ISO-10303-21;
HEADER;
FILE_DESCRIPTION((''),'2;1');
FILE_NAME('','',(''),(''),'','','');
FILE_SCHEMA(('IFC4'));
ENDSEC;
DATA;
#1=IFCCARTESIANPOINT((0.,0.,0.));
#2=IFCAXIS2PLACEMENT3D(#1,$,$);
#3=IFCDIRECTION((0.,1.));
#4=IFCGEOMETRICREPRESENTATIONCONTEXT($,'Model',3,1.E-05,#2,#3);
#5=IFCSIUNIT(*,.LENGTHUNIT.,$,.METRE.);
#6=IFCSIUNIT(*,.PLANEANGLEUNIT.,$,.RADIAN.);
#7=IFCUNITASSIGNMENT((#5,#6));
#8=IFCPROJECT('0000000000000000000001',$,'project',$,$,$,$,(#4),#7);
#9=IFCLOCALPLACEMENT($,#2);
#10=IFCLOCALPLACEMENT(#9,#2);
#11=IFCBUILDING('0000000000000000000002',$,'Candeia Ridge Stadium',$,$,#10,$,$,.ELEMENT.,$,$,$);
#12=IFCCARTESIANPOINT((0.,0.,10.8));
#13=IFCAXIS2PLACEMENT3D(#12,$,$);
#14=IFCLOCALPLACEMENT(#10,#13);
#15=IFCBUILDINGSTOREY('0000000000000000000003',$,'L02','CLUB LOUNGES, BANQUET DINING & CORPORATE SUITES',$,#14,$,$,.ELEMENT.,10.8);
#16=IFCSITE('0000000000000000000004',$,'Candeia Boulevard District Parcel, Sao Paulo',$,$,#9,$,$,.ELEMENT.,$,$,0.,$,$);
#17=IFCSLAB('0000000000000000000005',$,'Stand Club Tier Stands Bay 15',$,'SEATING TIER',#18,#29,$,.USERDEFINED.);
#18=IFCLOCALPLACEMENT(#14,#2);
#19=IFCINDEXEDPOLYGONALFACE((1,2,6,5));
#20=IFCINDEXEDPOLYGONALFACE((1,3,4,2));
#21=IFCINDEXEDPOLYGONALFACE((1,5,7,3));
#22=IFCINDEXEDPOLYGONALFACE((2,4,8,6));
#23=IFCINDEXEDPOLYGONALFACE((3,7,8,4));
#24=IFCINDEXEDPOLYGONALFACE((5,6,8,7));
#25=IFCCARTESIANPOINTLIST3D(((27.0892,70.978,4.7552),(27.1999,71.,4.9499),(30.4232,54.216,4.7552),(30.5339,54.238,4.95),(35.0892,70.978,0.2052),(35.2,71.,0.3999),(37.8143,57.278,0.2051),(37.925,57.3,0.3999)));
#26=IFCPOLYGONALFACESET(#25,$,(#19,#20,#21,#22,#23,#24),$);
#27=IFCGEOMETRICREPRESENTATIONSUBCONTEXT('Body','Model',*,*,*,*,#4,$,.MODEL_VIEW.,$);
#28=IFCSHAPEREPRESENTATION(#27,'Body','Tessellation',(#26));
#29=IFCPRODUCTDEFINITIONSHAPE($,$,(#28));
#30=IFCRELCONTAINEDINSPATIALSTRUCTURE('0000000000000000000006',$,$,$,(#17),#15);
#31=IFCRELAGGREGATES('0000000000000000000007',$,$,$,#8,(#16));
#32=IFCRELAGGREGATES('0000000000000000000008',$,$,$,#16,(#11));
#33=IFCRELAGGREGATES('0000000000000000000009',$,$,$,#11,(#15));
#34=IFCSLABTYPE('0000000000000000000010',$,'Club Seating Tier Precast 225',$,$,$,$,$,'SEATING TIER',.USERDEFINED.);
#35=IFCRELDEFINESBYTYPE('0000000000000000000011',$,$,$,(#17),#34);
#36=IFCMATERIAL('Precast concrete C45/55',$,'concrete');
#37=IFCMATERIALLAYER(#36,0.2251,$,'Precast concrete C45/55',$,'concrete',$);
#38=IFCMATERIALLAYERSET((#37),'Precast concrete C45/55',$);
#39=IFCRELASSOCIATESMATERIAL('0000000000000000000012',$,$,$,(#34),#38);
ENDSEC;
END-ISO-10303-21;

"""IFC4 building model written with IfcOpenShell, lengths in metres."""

from ifc_helpers import new_model, si_unit, direction, frame, origin, place, context, subcontext, project, spatial, polyline, outline, extrude, material, layer, layer_set, type_object, element, save


model = new_model("IFC4")

# Units and contexts
model_context = context("Model", 3, precision=1e-05, world=origin(), true_north=direction((0.0, 1.0)))
body_context = subcontext(model_context, "Body", "Model", "MODEL_VIEW")
ifc_project = project(units=[si_unit("LENGTHUNIT", "METRE"), si_unit("PLANEANGLEUNIT", "RADIAN")], contexts=[model_context])

# Site, building, storey
site_placement = place(None, origin())
site = spatial("IfcSite", under=ifc_project, at=site_placement, Name="Candeia Boulevard District Parcel, Sao Paulo", CompositionType="ELEMENT", RefElevation=0.0)
building_placement = place(site_placement, origin())
building = spatial("IfcBuilding", under=site, at=building_placement, Name="Candeia Ridge Stadium", CompositionType="ELEMENT")
storey_placement = place(building_placement, frame((0.0, 0.0, 10.8)))
storey = spatial("IfcBuildingStorey", under=building, at=storey_placement, Name="L02", Description="CLUB LOUNGES, BANQUET DINING & CORPORATE SUITES", CompositionType="ELEMENT", Elevation=10.8)

# Slab
ifc_material_1 = material(Name="Precast concrete C45/55", Category="concrete")
ifc_layer_1 = layer(ifc_material_1, 0.2251, Name="Precast concrete C45/55", Category="concrete")
ifc_layer_set_1 = layer_set([ifc_layer_1], Name="Precast concrete C45/55")
slab_type = type_object("IfcSlabType", Name="Club Seating Tier Precast 225", ElementType="SEATING TIER", PredefinedType="USERDEFINED", material=ifc_layer_set_1)
slab_1_placement = place(storey_placement, frame((35.2, 71.0, 0.3999), z_axis=(0.49201, 0.097864, 0.865072), x_axis=(0.195089, -0.980785, -0.000003)))
element("IfcSlab", 1, at=slab_1_placement, inside=storey, type_object=slab_type, Name="Stand Club Tier Stands Bay 15", ObjectType="SEATING TIER", PredefinedType="USERDEFINED", context=body_context, shape_type="SweptSolid", body=[
    extrude(outline(polyline([(0.0, 0.0), (13.9684, 0.0), (15.5296, -9.0703), (-1.5607, -9.0701), (0.0, 0.0)])), origin(), (0.0, 0.0, -1.0), 0.2251),
])

save(model, "model.ifc")
